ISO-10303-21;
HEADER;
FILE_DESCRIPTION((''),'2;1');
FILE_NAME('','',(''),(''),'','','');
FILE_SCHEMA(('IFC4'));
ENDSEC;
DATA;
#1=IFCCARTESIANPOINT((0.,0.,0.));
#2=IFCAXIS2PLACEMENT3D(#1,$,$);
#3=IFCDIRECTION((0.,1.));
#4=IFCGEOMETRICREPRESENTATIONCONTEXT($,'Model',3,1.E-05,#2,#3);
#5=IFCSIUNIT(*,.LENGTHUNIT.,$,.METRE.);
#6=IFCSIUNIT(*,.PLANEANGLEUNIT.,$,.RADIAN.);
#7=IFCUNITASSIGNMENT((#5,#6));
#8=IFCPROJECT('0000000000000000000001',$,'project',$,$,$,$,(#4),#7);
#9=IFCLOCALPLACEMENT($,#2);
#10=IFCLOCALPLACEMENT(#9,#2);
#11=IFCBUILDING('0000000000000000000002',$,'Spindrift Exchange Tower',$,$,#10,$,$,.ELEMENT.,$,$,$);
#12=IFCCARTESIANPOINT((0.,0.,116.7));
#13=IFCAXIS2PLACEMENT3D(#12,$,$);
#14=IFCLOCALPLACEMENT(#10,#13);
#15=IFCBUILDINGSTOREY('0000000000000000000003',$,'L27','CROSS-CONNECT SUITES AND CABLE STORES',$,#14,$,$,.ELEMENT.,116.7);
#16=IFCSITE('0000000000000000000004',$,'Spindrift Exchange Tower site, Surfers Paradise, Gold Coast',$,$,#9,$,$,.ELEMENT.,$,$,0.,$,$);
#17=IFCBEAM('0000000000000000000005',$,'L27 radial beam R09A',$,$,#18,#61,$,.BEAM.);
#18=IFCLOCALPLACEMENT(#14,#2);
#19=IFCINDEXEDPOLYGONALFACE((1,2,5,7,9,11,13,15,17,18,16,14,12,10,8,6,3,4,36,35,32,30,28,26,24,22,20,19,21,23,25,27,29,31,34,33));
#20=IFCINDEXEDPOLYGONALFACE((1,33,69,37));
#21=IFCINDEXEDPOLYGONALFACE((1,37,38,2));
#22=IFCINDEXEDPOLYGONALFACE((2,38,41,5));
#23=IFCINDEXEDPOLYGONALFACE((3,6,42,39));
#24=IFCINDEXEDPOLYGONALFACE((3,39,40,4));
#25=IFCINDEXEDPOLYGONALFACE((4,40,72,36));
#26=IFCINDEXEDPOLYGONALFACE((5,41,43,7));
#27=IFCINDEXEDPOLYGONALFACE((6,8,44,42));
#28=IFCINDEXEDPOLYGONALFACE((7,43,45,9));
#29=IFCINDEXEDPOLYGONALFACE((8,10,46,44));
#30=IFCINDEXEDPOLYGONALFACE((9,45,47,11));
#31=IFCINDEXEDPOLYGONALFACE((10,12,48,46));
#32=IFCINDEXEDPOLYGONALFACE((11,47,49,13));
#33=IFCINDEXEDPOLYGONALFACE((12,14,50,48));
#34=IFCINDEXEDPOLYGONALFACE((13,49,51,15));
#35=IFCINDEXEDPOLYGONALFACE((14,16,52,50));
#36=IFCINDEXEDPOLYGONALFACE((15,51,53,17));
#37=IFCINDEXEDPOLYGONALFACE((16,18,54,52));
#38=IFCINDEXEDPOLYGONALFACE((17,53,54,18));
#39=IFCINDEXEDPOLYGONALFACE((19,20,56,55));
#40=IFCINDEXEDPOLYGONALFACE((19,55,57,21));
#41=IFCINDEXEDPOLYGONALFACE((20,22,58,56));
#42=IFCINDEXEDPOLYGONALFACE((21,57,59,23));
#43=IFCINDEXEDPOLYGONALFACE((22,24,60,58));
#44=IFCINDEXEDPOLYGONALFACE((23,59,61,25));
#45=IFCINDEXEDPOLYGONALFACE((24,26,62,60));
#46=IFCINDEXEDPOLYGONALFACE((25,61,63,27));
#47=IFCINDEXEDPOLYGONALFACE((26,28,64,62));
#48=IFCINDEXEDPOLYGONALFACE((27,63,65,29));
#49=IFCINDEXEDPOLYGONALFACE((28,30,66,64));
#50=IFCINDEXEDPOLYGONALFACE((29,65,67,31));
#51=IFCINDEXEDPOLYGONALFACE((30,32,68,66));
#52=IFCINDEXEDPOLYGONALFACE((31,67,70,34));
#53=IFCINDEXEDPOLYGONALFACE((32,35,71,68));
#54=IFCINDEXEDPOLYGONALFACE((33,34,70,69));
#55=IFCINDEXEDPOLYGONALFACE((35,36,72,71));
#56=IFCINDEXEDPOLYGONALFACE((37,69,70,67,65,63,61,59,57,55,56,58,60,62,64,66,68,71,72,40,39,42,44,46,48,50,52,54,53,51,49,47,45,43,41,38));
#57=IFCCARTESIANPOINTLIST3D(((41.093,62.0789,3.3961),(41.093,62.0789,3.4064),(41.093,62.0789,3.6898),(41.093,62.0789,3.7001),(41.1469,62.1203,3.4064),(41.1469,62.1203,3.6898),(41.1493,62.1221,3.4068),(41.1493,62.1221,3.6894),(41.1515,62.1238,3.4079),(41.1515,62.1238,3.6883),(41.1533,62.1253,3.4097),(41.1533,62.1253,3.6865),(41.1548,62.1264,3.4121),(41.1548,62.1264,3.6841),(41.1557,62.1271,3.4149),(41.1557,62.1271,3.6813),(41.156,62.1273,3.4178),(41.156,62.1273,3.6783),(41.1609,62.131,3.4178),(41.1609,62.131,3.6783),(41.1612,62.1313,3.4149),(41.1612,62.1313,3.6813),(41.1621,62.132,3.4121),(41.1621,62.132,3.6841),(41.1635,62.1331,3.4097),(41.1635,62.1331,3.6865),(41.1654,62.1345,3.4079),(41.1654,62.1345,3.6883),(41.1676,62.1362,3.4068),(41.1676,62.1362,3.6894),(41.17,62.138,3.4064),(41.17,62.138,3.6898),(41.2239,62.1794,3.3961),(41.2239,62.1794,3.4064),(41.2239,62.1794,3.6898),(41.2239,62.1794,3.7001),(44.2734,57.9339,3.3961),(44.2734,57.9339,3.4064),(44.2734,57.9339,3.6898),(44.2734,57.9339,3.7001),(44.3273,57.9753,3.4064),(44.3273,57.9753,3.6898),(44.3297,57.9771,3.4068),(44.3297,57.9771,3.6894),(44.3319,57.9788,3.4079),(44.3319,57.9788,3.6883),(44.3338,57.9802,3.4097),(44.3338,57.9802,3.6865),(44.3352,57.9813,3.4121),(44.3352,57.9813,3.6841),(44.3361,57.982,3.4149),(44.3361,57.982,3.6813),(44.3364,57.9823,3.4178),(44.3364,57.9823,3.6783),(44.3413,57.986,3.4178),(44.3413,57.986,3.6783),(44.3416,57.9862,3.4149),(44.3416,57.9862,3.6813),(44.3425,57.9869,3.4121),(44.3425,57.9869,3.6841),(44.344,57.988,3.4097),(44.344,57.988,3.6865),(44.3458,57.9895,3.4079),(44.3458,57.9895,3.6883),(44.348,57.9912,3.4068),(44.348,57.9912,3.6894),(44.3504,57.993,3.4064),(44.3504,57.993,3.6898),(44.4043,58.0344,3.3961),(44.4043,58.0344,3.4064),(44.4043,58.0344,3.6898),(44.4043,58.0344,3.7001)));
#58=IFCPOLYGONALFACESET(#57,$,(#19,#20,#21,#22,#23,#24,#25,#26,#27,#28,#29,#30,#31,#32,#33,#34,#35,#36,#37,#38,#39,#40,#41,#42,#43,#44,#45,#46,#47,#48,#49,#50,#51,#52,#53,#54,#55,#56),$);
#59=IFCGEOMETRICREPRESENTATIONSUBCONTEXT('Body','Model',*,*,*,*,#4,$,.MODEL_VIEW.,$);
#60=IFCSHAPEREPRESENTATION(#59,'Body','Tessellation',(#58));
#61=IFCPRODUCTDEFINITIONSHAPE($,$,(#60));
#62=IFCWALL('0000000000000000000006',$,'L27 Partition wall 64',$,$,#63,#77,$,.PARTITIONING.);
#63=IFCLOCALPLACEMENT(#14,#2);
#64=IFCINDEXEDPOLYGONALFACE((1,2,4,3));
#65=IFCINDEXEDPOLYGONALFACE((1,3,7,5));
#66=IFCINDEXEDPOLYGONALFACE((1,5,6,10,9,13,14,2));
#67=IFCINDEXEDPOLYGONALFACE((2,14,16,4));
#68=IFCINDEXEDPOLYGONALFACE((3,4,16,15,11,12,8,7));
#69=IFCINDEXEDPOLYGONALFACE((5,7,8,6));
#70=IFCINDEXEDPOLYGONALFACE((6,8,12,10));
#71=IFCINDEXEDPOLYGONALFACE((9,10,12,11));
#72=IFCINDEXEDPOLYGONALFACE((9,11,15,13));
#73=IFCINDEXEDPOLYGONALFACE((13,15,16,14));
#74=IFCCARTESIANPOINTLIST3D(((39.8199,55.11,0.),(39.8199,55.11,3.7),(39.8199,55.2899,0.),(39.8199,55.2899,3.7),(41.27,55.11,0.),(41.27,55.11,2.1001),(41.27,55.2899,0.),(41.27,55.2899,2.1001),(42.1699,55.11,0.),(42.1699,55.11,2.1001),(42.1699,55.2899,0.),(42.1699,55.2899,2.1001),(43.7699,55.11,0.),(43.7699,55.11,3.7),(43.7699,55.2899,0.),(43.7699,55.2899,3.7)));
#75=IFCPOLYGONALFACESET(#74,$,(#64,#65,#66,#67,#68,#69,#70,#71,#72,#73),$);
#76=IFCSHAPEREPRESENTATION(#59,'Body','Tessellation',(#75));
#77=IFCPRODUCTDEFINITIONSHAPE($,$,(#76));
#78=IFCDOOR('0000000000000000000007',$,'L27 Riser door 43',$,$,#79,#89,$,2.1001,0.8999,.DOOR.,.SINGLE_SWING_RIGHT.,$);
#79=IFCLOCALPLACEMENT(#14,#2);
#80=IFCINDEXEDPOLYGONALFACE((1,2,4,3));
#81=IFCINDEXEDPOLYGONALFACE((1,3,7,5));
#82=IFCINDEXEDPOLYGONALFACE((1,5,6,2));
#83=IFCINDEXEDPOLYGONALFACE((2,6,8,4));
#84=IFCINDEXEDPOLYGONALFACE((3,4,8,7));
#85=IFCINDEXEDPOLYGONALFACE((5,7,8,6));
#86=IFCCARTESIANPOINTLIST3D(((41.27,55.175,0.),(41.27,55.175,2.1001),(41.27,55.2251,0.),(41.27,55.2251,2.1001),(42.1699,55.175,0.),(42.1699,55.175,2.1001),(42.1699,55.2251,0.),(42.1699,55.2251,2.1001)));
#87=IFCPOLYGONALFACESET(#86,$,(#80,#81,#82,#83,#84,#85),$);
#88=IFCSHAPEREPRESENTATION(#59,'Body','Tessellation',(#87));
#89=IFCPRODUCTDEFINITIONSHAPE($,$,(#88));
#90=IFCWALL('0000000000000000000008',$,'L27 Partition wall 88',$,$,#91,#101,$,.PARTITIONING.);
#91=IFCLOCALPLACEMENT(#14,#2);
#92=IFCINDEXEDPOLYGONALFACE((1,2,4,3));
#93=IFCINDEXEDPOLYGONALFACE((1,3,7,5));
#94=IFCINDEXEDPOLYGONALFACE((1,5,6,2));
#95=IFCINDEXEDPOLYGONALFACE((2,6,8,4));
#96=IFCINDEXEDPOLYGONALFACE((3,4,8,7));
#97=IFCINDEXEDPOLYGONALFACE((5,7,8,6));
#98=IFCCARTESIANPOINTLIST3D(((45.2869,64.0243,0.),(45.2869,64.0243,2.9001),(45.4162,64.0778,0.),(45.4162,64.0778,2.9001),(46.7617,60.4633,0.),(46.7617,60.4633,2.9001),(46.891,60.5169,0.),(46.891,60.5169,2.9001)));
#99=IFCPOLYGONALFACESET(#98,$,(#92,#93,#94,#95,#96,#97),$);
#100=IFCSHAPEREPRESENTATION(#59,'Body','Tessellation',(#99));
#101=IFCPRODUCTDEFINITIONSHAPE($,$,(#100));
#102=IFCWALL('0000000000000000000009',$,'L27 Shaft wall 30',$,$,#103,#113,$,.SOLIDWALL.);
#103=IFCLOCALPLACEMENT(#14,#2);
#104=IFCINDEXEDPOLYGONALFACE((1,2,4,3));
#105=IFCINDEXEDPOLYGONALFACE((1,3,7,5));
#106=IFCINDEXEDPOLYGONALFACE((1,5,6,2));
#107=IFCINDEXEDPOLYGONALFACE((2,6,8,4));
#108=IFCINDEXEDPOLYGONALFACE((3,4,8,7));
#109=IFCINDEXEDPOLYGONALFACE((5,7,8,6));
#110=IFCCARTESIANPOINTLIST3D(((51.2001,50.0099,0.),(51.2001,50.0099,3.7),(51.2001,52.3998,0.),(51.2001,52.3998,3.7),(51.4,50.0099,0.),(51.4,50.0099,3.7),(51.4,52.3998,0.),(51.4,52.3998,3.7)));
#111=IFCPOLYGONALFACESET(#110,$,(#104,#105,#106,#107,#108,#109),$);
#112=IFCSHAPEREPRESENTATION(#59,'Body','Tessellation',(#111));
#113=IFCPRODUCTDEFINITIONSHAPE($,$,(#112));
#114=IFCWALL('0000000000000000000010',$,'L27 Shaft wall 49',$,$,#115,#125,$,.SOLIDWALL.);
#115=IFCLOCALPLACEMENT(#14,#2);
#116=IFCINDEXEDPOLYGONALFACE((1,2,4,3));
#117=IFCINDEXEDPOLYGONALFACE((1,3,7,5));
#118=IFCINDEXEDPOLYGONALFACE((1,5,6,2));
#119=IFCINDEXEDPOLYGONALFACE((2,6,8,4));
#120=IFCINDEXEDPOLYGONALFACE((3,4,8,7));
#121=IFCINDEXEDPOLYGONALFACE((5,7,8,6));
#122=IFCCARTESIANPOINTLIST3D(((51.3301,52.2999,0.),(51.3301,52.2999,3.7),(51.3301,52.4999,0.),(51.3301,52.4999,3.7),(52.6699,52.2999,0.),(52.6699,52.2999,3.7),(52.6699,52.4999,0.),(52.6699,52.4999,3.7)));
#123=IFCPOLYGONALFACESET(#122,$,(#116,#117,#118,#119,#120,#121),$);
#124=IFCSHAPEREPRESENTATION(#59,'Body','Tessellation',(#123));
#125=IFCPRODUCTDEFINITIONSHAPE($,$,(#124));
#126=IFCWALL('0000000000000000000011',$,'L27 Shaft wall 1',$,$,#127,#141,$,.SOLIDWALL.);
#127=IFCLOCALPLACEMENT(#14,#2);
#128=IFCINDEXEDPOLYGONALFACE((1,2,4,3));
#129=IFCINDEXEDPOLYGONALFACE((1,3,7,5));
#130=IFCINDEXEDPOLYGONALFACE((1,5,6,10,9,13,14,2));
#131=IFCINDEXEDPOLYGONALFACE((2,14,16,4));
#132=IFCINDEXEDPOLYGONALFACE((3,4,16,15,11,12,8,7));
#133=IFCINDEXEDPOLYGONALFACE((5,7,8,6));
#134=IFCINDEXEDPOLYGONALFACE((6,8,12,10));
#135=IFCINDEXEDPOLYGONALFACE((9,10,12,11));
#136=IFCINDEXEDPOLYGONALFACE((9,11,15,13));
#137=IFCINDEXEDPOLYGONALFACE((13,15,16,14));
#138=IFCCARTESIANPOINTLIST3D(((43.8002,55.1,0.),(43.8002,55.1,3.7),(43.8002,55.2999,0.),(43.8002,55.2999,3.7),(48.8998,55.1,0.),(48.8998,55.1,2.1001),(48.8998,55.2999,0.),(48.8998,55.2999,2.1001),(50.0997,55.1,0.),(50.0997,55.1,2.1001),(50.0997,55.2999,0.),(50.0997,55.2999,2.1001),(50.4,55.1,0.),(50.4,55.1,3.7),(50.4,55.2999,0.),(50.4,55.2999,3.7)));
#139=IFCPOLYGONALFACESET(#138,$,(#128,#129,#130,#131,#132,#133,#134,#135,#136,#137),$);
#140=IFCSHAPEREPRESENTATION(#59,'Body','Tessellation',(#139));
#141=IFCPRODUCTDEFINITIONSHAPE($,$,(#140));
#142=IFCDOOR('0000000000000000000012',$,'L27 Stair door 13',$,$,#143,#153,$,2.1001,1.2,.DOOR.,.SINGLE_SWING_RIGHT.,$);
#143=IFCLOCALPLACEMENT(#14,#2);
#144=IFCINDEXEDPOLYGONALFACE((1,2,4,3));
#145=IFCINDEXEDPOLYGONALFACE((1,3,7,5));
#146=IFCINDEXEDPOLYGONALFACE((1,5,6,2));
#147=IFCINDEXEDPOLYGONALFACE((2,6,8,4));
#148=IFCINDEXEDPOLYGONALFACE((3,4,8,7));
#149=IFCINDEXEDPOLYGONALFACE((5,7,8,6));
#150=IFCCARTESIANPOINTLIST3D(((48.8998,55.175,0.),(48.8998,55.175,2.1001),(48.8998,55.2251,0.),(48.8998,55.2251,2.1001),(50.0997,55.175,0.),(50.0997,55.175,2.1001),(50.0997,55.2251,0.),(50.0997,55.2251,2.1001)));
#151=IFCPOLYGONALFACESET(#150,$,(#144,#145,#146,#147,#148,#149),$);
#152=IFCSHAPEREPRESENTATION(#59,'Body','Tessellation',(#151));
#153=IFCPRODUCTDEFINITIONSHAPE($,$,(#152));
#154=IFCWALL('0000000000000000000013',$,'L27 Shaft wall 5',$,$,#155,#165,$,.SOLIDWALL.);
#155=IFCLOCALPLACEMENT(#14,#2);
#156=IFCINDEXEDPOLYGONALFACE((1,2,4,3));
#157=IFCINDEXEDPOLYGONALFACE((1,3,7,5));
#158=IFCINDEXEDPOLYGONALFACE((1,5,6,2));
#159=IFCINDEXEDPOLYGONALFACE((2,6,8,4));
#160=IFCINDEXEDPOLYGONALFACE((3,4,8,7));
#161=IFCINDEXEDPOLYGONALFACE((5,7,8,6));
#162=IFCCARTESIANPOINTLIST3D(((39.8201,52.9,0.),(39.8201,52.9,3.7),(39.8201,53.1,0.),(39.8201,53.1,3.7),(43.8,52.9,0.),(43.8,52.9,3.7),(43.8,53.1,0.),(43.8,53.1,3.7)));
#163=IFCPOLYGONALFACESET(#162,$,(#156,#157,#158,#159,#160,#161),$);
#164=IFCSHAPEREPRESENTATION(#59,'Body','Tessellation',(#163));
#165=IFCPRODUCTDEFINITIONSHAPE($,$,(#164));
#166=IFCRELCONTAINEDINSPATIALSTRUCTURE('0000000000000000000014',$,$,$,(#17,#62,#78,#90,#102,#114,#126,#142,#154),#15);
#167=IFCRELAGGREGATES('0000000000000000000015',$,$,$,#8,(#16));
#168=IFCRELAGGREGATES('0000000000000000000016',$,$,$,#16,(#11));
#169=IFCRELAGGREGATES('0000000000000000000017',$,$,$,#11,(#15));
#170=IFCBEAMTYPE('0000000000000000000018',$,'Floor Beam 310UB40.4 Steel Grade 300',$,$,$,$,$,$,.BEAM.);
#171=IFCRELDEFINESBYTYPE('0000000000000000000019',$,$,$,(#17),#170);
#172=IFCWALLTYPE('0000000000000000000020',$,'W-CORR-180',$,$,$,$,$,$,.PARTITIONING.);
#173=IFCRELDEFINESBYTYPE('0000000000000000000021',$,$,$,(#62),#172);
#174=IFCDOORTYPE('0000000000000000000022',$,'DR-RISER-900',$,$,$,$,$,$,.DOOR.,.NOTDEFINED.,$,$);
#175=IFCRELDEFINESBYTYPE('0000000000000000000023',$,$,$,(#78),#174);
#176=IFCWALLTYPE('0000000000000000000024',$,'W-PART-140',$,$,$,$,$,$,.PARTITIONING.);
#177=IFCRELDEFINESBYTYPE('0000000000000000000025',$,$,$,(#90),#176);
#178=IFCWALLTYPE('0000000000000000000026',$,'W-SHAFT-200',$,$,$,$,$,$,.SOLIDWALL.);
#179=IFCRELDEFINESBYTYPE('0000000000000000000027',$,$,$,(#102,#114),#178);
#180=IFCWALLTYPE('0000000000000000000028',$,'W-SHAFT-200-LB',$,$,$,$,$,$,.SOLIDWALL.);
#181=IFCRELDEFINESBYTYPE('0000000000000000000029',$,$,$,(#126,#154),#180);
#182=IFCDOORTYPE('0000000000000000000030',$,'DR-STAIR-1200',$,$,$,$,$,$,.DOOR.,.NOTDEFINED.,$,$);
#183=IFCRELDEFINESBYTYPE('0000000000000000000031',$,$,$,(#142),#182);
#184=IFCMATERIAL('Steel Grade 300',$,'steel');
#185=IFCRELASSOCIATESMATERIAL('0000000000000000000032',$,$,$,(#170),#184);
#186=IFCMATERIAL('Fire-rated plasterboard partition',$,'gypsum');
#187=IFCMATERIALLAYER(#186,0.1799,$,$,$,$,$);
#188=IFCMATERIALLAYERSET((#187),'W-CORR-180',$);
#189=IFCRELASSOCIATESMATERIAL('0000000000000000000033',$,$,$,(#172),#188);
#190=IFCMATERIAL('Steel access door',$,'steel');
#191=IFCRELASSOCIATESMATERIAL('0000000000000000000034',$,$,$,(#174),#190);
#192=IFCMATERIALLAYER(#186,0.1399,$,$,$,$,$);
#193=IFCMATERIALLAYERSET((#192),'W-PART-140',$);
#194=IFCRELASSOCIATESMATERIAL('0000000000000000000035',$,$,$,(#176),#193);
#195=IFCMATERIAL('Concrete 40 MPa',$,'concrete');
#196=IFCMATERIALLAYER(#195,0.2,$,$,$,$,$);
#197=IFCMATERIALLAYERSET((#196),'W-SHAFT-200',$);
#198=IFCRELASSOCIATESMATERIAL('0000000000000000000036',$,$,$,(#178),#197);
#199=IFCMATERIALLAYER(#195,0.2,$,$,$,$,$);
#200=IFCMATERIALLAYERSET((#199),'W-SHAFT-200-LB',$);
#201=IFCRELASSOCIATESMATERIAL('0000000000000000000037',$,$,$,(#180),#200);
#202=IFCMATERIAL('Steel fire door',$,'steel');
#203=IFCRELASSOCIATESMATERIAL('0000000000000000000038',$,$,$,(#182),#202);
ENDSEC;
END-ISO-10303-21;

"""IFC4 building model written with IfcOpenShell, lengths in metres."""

from ifc_helpers import new_model, si_unit, direction, frame, frame_2d, origin, origin_2d, place, context, subcontext, project, spatial, rectangle, i_section, extrude, source, transform, mapped, material, layer, layer_set, material_profile, profile_set, type_object, element, fill, save


model = new_model("IFC4")

# Units and contexts
model_context = context("Model", 3, precision=1e-05, world=origin(), true_north=direction((0.0, 1.0)))
body_context = subcontext(model_context, "Body", "Model", "MODEL_VIEW")
ifc_project = project(units=[si_unit("LENGTHUNIT", "METRE"), si_unit("PLANEANGLEUNIT", "RADIAN")], contexts=[model_context])

# Site, building, storey
site_placement = place(None, origin())
site = spatial("IfcSite", under=ifc_project, at=site_placement, Name="Spindrift Exchange Tower site, Surfers Paradise, Gold Coast", CompositionType="ELEMENT", RefElevation=0.0)
building_placement = place(site_placement, origin())
building = spatial("IfcBuilding", under=site, at=building_placement, Name="Spindrift Exchange Tower", CompositionType="ELEMENT")
storey_placement = place(building_placement, frame((0.0, 0.0, 116.7)))
storey = spatial("IfcBuildingStorey", under=building, at=storey_placement, Name="L27", Description="CROSS-CONNECT SUITES AND CABLE STORES", CompositionType="ELEMENT", Elevation=116.7)

# Beam
ifc_material_1 = material(Name="Steel Grade 300", Category="steel")
ifc_material_profile_1 = material_profile(ifc_material_1, i_section(OverallWidth=0.165, OverallDepth=0.304, WebThickness=0.0061, FlangeThickness=0.0103, FilletRadius=0.0115, at=origin_2d()), Name="310UB40.4")
ifc_profile_set_1 = profile_set([ifc_material_profile_1], Name="Steel Grade 300")
beam_type_1 = type_object("IfcBeamType", Name="Floor Beam 310UB40.4 Steel Grade 300", PredefinedType="BEAM", material=ifc_profile_set_1)
shared_shape_1 = source(origin(), body_context, "Body", "SweptSolid", [
    extrude(i_section(OverallWidth=0.165, OverallDepth=0.304, WebThickness=0.0061, FlangeThickness=0.0103, FilletRadius=0.0115, at=origin_2d()), origin(), (0.0, 0.0, 1.0), 5.2246),
])
beam_1_placement = place(storey_placement, frame((44.3389, 57.9841, 3.5481), z_axis=(-0.608741, 0.793369, 0.0), x_axis=(-0.793369, -0.608741, 0.0)))
element("IfcBeam", 1, at=beam_1_placement, inside=storey, type_object=beam_type_1, Name="L27 radial beam R09A", PredefinedType="BEAM", context=body_context, shape_type="MappedRepresentation", body=[
    mapped(shared_shape_1, transform((0.0, 0.0, 0.0), scale=1.0)),
])

# Wall, opening, door
ifc_material_2 = material(Name="Fire-rated plasterboard partition", Category="gypsum")
ifc_layer_1 = layer(ifc_material_2, 0.1799)
ifc_layer_set_1 = layer_set([ifc_layer_1], Name="W-CORR-180")
wall_type_1 = type_object("IfcWallType", Name="W-CORR-180", PredefinedType="PARTITIONING", material=ifc_layer_set_1)
wall_1_placement = place(storey_placement, frame((43.77, 55.2, 0.0), z_axis=(0.0, 0.0, 1.0), x_axis=(-1.0, 0.0, 0.0)))
wall_1 = element("IfcWall", 2, at=wall_1_placement, inside=storey, type_object=wall_type_1, Name="L27 Partition wall 64", PredefinedType="PARTITIONING", context=body_context, shape_type="SweptSolid", body=[
    extrude(rectangle(XDim=3.95, YDim=0.1799, at=frame_2d((1.9751, 0.0))), origin(), (0.0, 0.0, 1.0), 3.7),
])
opening_1_placement = place(wall_1_placement, frame((1.6001, 0.0, 0.0)))
opening_1 = element("IfcOpeningElement", 3, at=opening_1_placement, cuts=wall_1, PredefinedType="OPENING", context=body_context, shape_type="SweptSolid", body=[
    extrude(rectangle(XDim=0.8999, YDim=2.1001, at=frame_2d((0.45, 1.05))), frame((0.0, 0.0999, 0.0), z_axis=(0.0, -1.0, 0.0), x_axis=(1.0, 0.0, 0.0)), (0.0, 0.0, 1.0), 0.2),
])
ifc_material_3 = material(Name="Steel access door", Category="steel")
door_type_1 = type_object("IfcDoorType", Name="DR-RISER-900", OperationType="NOTDEFINED", PredefinedType="DOOR", material=ifc_material_3)
shared_shape_2 = source(origin(), body_context, "Body", "SweptSolid", [
    extrude(rectangle(XDim=0.8999, YDim=2.1001, at=frame_2d((0.45, 1.05))), frame((0.0, 0.0249, 0.0), z_axis=(0.0, -1.0, 0.0), x_axis=(1.0, 0.0, 0.0)), (0.0, 0.0, 1.0), 0.05),
])
door_1_placement = place(opening_1_placement, origin())
door_1 = element("IfcDoor", 4, at=door_1_placement, inside=storey, type_object=door_type_1, Name="L27 Riser door 43", OperationType="SINGLE_SWING_RIGHT", OverallHeight=2.1001, OverallWidth=0.8999, PredefinedType="DOOR", context=body_context, shape_type="MappedRepresentation", body=[
    mapped(shared_shape_2, transform((0.0, 0.0, 0.0), scale=1.0)),
])
fill(opening_1, door_1)

# Walls
ifc_layer_2 = layer(ifc_material_2, 0.1399)
ifc_layer_set_2 = layer_set([ifc_layer_2], Name="W-PART-140")
wall_type_2 = type_object("IfcWallType", Name="W-PART-140", PredefinedType="PARTITIONING", material=ifc_layer_set_2)
wall_2_placement = place(storey_placement, frame((46.8264, 60.49, 0.0), z_axis=(0.0, 0.0, 1.0), x_axis=(-0.382645, 0.923896, 0.0)))
element("IfcWall", 5, at=wall_2_placement, inside=storey, type_object=wall_type_2, Name="L27 Partition wall 88", PredefinedType="PARTITIONING", context=body_context, shape_type="SweptSolid", body=[
    extrude(rectangle(XDim=3.8542, YDim=0.1399, at=frame_2d((1.9272, 0.0))), origin(), (0.0, 0.0, 1.0), 2.9001),
])
ifc_material_4 = material(Name="Concrete 40 MPa", Category="concrete")
ifc_layer_3 = layer(ifc_material_4, 0.2)
ifc_layer_set_3 = layer_set([ifc_layer_3], Name="W-SHAFT-200")
wall_type_3 = type_object("IfcWallType", Name="W-SHAFT-200", PredefinedType="SOLIDWALL", material=ifc_layer_set_3)
wall_3_placement = place(storey_placement, frame((51.3, 50.01, 0.0), z_axis=(0.0, 0.0, 1.0), x_axis=(0.0, 1.0, 0.0)))
element("IfcWall", 6, at=wall_3_placement, inside=storey, type_object=wall_type_3, Name="L27 Shaft wall 30", PredefinedType="SOLIDWALL", context=body_context, shape_type="SweptSolid", body=[
    extrude(rectangle(XDim=2.3899, YDim=0.2, at=frame_2d((1.1948, 0.0))), origin(), (0.0, 0.0, 1.0), 3.7),
])
wall_4_placement = place(storey_placement, frame((51.3301, 52.3999, 0.0), z_axis=(0.0, 0.0, 1.0), x_axis=(1.0, 0.0, 0.0)))
element("IfcWall", 7, at=wall_4_placement, inside=storey, type_object=wall_type_3, Name="L27 Shaft wall 49", PredefinedType="SOLIDWALL", context=body_context, shape_type="SweptSolid", body=[
    extrude(rectangle(XDim=1.3398, YDim=0.2, at=frame_2d((0.6699, 0.0))), origin(), (0.0, 0.0, 1.0), 3.7),
])

# Wall, opening, door
ifc_layer_4 = layer(ifc_material_4, 0.2)
ifc_layer_set_4 = layer_set([ifc_layer_4], Name="W-SHAFT-200-LB")
wall_type_4 = type_object("IfcWallType", Name="W-SHAFT-200-LB", PredefinedType="SOLIDWALL", material=ifc_layer_set_4)
wall_5_placement = place(storey_placement, frame((50.3999, 55.2, 0.0), z_axis=(0.0, 0.0, 1.0), x_axis=(-1.0, 0.0, 0.0)))
wall_5 = element("IfcWall", 8, at=wall_5_placement, inside=storey, type_object=wall_type_4, Name="L27 Shaft wall 1", PredefinedType="SOLIDWALL", context=body_context, shape_type="SweptSolid", body=[
    extrude(rectangle(XDim=6.5999, YDim=0.2, at=frame_2d((3.2998, 0.0))), origin(), (0.0, 0.0, 1.0), 3.7),
])
opening_2_placement = place(wall_5_placement, frame((0.3, 0.0, 0.0)))
opening_2 = element("IfcOpeningElement", 9, at=opening_2_placement, cuts=wall_5, PredefinedType="OPENING", context=body_context, shape_type="SweptSolid", body=[
    extrude(rectangle(XDim=1.2, YDim=2.1001, at=frame_2d((0.6001, 1.05))), frame((0.0, 0.1099, 0.0), z_axis=(0.0, -1.0, 0.0), x_axis=(1.0, 0.0, 0.0)), (0.0, 0.0, 1.0), 0.22),
])
ifc_material_5 = material(Name="Steel fire door", Category="steel")
door_type_2 = type_object("IfcDoorType", Name="DR-STAIR-1200", OperationType="NOTDEFINED", PredefinedType="DOOR", material=ifc_material_5)
shared_shape_3 = source(origin(), body_context, "Body", "SweptSolid", [
    extrude(rectangle(XDim=1.2, YDim=2.1001, at=frame_2d((0.6001, 1.05))), frame((0.0, 0.0249, 0.0), z_axis=(0.0, -1.0, 0.0), x_axis=(1.0, 0.0, 0.0)), (0.0, 0.0, 1.0), 0.05),
])
door_2_placement = place(opening_2_placement, origin())
door_2 = element("IfcDoor", 10, at=door_2_placement, inside=storey, type_object=door_type_2, Name="L27 Stair door 13", OperationType="SINGLE_SWING_RIGHT", OverallHeight=2.1001, OverallWidth=1.2, PredefinedType="DOOR", context=body_context, shape_type="MappedRepresentation", body=[
    mapped(shared_shape_3, transform((0.0, 0.0, 0.0), scale=1.0)),
])
fill(opening_2, door_2)

# Wall
wall_6_placement = place(storey_placement, frame((43.8, 53.0, 0.0), z_axis=(0.0, 0.0, 1.0), x_axis=(-1.0, 0.0, 0.0)))
element("IfcWall", 11, at=wall_6_placement, inside=storey, type_object=wall_type_4, Name="L27 Shaft wall 5", PredefinedType="SOLIDWALL", context=body_context, shape_type="SweptSolid", body=[
    extrude(rectangle(XDim=3.98, YDim=0.2, at=frame_2d((1.99, 0.0))), origin(), (0.0, 0.0, 1.0), 3.7),
])

save(model, "model.ifc")
